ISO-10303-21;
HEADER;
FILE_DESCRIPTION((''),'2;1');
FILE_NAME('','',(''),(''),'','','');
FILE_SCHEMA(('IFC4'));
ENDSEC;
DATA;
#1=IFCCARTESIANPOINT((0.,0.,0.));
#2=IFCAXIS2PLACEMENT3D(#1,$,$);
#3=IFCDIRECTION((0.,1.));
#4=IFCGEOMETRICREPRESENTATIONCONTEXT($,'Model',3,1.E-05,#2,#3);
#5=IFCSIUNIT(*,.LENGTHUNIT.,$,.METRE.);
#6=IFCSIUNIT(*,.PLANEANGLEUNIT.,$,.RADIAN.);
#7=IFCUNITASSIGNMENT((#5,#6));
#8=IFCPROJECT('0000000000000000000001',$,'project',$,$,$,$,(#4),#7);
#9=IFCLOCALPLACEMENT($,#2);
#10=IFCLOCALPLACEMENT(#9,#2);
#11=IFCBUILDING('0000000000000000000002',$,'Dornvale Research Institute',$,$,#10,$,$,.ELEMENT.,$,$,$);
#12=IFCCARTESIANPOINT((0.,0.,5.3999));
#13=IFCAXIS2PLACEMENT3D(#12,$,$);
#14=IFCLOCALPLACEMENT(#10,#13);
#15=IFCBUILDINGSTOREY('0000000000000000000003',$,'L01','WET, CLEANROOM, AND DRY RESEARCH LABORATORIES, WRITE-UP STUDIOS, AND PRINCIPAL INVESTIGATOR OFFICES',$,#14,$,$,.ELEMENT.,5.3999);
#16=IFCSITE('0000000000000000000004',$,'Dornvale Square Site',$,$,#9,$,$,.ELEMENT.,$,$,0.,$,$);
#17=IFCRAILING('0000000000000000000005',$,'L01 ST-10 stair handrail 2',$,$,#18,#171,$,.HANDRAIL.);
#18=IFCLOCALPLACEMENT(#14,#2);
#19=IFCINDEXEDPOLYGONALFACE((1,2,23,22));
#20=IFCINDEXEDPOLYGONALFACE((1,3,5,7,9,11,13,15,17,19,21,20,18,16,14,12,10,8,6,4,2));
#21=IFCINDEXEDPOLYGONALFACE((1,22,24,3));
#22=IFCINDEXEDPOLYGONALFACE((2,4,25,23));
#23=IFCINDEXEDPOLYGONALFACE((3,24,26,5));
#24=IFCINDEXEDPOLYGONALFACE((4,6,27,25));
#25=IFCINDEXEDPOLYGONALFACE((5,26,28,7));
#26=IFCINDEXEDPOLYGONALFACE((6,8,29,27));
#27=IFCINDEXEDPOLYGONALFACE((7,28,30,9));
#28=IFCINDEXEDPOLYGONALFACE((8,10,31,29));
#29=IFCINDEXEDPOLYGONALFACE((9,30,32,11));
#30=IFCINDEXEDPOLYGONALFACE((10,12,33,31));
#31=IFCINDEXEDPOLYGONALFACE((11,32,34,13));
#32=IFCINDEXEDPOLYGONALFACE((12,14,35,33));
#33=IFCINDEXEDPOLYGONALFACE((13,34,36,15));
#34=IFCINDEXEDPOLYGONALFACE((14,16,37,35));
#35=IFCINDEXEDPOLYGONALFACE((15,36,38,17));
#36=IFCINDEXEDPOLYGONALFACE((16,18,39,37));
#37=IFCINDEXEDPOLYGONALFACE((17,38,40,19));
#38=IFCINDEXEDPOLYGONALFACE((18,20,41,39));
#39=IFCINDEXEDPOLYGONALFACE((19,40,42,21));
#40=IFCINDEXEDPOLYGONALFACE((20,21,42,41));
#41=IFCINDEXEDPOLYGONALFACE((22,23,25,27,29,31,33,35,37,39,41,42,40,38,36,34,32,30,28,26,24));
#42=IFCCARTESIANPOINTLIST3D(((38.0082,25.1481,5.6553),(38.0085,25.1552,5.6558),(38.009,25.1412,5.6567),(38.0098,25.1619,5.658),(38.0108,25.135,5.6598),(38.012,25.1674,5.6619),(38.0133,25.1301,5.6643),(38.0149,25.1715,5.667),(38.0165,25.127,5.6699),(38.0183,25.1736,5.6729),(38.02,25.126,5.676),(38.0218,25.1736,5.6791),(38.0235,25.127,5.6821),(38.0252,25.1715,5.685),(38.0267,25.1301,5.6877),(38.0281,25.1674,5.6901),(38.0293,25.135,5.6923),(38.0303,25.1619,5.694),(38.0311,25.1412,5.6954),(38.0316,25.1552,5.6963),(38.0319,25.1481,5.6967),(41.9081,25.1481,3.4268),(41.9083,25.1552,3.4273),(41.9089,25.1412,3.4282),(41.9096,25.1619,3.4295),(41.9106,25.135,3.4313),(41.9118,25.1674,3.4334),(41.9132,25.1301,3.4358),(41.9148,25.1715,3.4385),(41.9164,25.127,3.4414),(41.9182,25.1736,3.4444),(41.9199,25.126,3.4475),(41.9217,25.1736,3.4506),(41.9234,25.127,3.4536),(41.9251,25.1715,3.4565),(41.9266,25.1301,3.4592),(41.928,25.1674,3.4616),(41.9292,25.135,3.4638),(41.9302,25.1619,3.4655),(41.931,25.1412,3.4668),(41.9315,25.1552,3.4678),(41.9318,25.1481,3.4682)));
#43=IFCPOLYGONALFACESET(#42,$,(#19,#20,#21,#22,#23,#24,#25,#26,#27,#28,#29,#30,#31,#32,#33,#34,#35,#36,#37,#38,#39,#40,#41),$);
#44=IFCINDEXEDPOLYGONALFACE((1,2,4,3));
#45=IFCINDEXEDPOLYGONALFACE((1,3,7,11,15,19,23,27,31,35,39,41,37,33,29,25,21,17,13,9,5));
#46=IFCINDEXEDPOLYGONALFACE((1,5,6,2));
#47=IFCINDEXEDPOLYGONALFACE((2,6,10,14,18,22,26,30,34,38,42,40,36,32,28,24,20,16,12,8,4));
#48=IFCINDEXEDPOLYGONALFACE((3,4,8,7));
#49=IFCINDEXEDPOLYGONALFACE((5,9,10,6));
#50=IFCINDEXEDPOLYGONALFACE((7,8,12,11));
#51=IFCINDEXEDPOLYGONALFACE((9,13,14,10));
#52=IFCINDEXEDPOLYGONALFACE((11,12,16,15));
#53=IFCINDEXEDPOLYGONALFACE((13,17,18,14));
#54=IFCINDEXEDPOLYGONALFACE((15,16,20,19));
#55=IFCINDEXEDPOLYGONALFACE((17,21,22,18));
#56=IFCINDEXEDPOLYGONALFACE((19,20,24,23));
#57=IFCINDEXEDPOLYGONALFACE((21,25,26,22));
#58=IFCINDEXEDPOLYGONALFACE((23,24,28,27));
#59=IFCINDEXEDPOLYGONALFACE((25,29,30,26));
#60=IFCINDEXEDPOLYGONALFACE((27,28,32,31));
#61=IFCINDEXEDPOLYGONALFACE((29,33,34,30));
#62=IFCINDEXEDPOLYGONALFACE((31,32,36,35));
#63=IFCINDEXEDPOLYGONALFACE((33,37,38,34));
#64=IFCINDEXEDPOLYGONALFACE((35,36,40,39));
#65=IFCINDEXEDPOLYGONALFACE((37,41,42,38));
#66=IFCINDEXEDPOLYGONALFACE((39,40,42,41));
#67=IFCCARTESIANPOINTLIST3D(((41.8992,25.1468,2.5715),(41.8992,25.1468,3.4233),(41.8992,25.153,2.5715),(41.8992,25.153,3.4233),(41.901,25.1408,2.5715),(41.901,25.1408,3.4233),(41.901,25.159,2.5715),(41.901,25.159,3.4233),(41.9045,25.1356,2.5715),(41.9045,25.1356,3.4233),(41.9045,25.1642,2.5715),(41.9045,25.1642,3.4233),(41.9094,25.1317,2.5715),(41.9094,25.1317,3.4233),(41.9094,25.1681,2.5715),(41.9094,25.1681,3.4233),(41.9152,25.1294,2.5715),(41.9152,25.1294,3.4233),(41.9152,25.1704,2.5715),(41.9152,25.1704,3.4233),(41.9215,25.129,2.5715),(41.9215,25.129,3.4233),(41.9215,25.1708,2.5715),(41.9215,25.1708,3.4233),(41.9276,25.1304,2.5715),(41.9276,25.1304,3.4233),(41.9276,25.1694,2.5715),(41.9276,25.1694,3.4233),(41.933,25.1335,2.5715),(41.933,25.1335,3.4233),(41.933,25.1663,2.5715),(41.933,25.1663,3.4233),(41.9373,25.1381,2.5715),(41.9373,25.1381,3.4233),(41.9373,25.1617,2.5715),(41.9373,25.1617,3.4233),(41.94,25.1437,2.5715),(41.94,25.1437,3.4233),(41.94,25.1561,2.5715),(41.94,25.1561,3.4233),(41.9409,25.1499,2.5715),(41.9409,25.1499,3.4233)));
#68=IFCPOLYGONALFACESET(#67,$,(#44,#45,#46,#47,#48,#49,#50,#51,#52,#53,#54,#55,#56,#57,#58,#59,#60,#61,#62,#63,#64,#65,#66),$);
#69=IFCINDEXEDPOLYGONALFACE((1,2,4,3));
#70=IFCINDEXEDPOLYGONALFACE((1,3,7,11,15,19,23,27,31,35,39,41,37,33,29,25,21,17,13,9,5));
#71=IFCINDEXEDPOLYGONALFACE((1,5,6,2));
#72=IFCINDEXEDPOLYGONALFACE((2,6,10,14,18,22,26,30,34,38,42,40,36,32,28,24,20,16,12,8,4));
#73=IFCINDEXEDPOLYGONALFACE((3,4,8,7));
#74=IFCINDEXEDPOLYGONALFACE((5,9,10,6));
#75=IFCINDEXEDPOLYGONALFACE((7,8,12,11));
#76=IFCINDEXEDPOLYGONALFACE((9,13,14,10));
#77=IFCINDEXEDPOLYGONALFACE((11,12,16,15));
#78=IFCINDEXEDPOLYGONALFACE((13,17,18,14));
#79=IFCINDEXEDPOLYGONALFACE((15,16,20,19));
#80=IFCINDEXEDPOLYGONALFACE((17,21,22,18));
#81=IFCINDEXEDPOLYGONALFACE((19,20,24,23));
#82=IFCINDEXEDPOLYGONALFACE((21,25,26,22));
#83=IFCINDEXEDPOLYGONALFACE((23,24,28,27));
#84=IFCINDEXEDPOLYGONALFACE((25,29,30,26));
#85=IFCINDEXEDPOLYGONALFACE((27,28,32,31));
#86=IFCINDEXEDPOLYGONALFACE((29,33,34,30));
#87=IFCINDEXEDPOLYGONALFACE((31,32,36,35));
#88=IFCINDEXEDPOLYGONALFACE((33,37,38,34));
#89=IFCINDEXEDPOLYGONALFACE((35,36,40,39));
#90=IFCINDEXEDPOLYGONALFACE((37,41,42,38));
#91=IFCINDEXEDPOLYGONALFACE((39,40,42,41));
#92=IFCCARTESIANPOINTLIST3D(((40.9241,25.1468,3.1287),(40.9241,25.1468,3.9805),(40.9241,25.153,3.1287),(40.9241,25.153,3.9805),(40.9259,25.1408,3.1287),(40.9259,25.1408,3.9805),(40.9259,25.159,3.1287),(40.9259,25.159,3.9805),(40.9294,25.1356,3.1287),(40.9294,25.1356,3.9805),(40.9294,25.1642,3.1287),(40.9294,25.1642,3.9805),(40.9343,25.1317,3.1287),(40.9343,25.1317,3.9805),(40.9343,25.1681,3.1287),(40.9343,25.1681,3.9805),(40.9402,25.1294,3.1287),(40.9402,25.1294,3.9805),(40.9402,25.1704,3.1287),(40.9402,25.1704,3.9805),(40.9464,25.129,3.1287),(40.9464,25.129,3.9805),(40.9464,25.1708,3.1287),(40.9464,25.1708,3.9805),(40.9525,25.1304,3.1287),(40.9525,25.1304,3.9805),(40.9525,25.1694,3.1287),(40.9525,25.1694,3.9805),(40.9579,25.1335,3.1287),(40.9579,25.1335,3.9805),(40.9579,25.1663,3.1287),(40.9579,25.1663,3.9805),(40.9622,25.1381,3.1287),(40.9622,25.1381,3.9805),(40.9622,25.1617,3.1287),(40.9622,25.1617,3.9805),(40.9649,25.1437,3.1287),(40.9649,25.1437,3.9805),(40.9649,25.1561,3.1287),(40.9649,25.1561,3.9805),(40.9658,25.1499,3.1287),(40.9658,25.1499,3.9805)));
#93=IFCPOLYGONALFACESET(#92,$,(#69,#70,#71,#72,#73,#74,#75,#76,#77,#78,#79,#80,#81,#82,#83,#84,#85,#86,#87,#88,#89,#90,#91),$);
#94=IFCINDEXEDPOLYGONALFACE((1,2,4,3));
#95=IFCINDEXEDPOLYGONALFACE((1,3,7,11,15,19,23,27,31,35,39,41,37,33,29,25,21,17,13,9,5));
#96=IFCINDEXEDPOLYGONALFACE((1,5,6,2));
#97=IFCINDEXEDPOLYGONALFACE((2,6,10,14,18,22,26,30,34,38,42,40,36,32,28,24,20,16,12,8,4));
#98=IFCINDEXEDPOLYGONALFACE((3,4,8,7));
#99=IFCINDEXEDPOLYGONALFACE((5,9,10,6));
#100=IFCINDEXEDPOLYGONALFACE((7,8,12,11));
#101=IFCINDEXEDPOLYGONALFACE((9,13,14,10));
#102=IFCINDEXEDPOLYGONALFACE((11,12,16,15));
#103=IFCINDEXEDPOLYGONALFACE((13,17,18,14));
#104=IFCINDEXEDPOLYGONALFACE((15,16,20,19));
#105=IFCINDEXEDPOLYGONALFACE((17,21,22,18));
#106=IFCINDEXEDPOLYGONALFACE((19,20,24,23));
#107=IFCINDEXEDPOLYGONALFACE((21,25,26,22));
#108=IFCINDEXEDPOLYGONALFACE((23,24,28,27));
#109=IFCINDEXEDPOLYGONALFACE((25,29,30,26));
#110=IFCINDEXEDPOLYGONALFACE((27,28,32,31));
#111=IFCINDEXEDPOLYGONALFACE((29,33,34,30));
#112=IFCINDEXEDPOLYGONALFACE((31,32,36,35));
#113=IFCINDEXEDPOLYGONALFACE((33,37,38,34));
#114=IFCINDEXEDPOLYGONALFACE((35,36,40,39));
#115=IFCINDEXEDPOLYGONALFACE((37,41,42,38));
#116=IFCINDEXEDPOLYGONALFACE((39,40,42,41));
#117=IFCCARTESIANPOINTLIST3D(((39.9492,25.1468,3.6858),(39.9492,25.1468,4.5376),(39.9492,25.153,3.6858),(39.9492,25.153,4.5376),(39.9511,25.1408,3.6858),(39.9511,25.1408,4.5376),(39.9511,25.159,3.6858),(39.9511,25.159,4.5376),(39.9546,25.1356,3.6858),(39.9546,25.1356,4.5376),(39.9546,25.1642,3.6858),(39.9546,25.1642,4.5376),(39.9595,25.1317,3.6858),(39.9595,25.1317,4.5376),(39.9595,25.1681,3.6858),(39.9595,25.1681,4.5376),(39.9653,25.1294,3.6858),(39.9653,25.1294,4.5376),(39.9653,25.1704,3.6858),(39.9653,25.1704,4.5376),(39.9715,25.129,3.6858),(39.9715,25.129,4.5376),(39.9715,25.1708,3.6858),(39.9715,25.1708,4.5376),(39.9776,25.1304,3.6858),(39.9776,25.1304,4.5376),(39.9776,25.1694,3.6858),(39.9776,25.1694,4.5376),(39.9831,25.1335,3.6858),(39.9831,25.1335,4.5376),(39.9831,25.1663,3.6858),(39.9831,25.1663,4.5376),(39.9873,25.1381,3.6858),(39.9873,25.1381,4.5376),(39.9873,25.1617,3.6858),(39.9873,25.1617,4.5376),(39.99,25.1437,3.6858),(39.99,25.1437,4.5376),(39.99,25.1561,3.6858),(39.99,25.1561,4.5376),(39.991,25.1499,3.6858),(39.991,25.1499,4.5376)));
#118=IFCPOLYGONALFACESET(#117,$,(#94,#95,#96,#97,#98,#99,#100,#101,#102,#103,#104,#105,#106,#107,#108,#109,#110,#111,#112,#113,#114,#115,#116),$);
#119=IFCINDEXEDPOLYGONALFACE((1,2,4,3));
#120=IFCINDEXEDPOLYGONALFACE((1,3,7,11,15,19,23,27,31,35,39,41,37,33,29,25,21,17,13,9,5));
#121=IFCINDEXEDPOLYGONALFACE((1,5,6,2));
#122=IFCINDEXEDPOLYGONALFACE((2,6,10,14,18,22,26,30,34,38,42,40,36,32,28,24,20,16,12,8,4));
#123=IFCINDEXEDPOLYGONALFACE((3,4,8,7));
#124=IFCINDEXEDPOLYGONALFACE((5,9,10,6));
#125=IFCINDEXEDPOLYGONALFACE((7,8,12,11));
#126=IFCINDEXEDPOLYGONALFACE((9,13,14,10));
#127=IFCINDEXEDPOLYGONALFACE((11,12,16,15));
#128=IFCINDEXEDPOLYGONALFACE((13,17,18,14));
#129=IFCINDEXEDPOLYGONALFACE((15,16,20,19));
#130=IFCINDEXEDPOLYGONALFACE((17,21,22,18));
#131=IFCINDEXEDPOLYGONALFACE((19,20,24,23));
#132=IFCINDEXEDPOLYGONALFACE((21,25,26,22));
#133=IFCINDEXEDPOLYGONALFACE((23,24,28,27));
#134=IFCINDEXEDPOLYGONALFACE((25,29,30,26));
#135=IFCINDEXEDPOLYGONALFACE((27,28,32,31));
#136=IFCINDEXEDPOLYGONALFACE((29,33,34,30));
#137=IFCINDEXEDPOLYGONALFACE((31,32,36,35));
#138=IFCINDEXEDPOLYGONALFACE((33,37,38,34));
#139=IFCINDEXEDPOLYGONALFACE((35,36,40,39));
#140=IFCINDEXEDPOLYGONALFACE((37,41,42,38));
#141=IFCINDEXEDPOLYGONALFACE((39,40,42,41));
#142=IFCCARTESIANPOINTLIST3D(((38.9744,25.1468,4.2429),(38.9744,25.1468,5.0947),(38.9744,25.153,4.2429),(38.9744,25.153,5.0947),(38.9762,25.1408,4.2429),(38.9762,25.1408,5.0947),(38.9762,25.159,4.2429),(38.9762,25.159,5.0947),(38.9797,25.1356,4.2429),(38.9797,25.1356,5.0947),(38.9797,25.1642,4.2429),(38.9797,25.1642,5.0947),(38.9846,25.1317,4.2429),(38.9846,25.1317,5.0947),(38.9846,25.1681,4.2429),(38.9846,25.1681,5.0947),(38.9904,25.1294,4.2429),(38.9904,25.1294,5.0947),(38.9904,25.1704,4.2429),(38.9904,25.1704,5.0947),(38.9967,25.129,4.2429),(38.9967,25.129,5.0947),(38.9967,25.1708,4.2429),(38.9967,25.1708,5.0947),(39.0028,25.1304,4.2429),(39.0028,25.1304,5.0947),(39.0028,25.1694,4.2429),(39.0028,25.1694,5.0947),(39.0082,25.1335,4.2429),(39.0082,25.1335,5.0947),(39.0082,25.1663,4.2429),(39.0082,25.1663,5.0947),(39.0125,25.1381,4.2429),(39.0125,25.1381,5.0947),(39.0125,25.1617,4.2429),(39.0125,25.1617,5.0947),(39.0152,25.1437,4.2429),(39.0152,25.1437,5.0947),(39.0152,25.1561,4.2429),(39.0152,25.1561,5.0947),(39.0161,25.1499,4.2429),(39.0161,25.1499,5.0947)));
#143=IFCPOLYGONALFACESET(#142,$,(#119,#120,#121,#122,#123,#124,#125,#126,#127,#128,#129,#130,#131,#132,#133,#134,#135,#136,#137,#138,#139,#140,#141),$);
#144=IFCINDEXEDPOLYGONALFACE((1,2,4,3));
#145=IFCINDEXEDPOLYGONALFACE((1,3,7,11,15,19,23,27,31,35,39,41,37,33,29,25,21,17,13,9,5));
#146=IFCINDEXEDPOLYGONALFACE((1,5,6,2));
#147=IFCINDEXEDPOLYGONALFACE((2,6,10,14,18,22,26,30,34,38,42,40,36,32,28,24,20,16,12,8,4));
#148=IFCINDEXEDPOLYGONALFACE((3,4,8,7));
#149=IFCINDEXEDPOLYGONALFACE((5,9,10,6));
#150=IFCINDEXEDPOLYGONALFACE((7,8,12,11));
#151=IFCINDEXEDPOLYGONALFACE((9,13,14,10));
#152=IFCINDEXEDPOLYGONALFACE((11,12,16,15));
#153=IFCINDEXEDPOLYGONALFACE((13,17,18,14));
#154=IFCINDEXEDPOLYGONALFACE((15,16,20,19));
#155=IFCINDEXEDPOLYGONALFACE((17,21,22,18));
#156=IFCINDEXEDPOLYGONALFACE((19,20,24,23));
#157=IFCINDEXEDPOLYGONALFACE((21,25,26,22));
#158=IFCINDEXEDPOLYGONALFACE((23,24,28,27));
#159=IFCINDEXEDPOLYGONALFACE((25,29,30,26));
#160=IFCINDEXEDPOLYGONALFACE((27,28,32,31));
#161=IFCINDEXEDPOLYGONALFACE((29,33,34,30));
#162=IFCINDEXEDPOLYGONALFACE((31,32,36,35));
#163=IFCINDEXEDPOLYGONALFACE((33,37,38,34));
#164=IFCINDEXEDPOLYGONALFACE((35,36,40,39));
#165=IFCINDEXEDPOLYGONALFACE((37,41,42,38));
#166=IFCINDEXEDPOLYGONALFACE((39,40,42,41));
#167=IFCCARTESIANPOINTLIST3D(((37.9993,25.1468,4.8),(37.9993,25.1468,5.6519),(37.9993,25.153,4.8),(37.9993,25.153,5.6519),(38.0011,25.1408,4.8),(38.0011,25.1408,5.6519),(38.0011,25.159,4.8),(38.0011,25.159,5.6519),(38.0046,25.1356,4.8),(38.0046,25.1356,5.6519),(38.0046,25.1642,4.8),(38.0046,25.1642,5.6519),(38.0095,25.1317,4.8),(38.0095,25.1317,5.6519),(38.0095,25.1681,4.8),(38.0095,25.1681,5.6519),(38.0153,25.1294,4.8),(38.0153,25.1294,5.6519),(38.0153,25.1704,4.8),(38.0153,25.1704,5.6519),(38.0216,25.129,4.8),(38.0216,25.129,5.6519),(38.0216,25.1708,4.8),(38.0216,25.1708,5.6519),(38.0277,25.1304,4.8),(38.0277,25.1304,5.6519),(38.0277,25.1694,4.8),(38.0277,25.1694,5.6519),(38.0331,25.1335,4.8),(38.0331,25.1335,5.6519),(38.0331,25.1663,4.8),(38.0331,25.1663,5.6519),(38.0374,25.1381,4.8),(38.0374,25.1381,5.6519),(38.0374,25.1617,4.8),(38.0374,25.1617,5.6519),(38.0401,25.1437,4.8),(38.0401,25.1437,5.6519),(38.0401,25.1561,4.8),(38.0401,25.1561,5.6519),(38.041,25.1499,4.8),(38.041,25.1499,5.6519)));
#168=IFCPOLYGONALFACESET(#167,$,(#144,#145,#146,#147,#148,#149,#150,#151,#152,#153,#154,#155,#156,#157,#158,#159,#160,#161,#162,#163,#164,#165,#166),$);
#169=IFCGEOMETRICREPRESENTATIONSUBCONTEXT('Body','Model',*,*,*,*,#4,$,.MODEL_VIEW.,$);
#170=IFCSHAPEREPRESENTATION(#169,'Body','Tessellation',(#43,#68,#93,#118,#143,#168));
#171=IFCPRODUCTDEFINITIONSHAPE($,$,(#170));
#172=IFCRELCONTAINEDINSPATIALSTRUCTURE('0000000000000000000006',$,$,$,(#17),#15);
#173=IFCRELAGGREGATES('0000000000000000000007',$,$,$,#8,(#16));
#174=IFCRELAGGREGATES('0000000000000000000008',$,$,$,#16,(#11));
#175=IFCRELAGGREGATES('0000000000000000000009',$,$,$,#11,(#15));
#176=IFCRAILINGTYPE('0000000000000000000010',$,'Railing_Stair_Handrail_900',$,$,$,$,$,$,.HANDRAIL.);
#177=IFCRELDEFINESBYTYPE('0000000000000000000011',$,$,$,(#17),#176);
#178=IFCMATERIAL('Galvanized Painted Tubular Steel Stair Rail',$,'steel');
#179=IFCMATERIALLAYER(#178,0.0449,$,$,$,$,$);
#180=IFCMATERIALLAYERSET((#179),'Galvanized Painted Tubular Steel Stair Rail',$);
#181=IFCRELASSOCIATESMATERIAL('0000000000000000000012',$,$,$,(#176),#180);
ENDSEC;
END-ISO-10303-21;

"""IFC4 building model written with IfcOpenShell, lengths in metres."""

from ifc_helpers import new_model, si_unit, direction, frame, origin, origin_2d, place, context, subcontext, project, spatial, circle, extrude, material, layer, layer_set, type_object, element, save


model = new_model("IFC4")

# Units and contexts
model_context = context("Model", 3, precision=1e-05, world=origin(), true_north=direction((0.0, 1.0)))
body_context = subcontext(model_context, "Body", "Model", "MODEL_VIEW")
ifc_project = project(units=[si_unit("LENGTHUNIT", "METRE"), si_unit("PLANEANGLEUNIT", "RADIAN")], contexts=[model_context])

# Site, building, storey
site_placement = place(None, origin())
site = spatial("IfcSite", under=ifc_project, at=site_placement, Name="Dornvale Square Site", CompositionType="ELEMENT", RefElevation=0.0)
building_placement = place(site_placement, origin())
building = spatial("IfcBuilding", under=site, at=building_placement, Name="Dornvale Research Institute", CompositionType="ELEMENT")
storey_placement = place(building_placement, frame((0.0, 0.0, 5.3999)))
storey = spatial("IfcBuildingStorey", under=building, at=storey_placement, Name="L01", Description="WET, CLEANROOM, AND DRY RESEARCH LABORATORIES, WRITE-UP STUDIOS, AND PRINCIPAL INVESTIGATOR OFFICES", CompositionType="ELEMENT", Elevation=5.3999)

# Railing
ifc_material_1 = material(Name="Galvanized Painted Tubular Steel Stair Rail", Category="steel")
ifc_layer_1 = layer(ifc_material_1, 0.0449)
ifc_layer_set_1 = layer_set([ifc_layer_1], Name="Galvanized Painted Tubular Steel Stair Rail")
railing_type_1 = type_object("IfcRailingType", Name="Railing_Stair_Handrail_900", PredefinedType="HANDRAIL", material=ifc_layer_set_1)
railing_1_placement = place(storey_placement, frame((41.9199, 25.1499, 2.5715)))
element("IfcRailing", 1, at=railing_1_placement, inside=storey, type_object=railing_type_1, Name="L01 ST-10 stair handrail 2", PredefinedType="HANDRAIL", context=body_context, shape_type="SweptSolid", body=[
    extrude(circle(Radius=0.0239, at=origin_2d()), frame((0.0, 0.0, 0.876), z_axis=(-0.868243, 0.0, 0.496139), x_axis=(0.0, -1.0, 0.0)), (0.0, 0.0, 1.0), 4.4917),
    extrude(circle(Radius=0.021, at=origin_2d()), origin(), (0.0, 0.0, 1.0), 0.8518),
    extrude(circle(Radius=0.021, at=origin_2d()), frame((-0.9751, 0.0, 0.5571)), (0.0, 0.0, 1.0), 0.8518),
    extrude(circle(Radius=0.021, at=origin_2d()), frame((-1.95, 0.0, 1.1143)), (0.0, 0.0, 1.0), 0.8518),
    extrude(circle(Radius=0.021, at=origin_2d()), frame((-2.9248, 0.0, 1.6714)), (0.0, 0.0, 1.0), 0.8518),
    extrude(circle(Radius=0.021, at=origin_2d()), frame((-3.8999, 0.0, 2.2285)), (0.0, 0.0, 1.0), 0.8518),
])

save(model, "model.ifc")
